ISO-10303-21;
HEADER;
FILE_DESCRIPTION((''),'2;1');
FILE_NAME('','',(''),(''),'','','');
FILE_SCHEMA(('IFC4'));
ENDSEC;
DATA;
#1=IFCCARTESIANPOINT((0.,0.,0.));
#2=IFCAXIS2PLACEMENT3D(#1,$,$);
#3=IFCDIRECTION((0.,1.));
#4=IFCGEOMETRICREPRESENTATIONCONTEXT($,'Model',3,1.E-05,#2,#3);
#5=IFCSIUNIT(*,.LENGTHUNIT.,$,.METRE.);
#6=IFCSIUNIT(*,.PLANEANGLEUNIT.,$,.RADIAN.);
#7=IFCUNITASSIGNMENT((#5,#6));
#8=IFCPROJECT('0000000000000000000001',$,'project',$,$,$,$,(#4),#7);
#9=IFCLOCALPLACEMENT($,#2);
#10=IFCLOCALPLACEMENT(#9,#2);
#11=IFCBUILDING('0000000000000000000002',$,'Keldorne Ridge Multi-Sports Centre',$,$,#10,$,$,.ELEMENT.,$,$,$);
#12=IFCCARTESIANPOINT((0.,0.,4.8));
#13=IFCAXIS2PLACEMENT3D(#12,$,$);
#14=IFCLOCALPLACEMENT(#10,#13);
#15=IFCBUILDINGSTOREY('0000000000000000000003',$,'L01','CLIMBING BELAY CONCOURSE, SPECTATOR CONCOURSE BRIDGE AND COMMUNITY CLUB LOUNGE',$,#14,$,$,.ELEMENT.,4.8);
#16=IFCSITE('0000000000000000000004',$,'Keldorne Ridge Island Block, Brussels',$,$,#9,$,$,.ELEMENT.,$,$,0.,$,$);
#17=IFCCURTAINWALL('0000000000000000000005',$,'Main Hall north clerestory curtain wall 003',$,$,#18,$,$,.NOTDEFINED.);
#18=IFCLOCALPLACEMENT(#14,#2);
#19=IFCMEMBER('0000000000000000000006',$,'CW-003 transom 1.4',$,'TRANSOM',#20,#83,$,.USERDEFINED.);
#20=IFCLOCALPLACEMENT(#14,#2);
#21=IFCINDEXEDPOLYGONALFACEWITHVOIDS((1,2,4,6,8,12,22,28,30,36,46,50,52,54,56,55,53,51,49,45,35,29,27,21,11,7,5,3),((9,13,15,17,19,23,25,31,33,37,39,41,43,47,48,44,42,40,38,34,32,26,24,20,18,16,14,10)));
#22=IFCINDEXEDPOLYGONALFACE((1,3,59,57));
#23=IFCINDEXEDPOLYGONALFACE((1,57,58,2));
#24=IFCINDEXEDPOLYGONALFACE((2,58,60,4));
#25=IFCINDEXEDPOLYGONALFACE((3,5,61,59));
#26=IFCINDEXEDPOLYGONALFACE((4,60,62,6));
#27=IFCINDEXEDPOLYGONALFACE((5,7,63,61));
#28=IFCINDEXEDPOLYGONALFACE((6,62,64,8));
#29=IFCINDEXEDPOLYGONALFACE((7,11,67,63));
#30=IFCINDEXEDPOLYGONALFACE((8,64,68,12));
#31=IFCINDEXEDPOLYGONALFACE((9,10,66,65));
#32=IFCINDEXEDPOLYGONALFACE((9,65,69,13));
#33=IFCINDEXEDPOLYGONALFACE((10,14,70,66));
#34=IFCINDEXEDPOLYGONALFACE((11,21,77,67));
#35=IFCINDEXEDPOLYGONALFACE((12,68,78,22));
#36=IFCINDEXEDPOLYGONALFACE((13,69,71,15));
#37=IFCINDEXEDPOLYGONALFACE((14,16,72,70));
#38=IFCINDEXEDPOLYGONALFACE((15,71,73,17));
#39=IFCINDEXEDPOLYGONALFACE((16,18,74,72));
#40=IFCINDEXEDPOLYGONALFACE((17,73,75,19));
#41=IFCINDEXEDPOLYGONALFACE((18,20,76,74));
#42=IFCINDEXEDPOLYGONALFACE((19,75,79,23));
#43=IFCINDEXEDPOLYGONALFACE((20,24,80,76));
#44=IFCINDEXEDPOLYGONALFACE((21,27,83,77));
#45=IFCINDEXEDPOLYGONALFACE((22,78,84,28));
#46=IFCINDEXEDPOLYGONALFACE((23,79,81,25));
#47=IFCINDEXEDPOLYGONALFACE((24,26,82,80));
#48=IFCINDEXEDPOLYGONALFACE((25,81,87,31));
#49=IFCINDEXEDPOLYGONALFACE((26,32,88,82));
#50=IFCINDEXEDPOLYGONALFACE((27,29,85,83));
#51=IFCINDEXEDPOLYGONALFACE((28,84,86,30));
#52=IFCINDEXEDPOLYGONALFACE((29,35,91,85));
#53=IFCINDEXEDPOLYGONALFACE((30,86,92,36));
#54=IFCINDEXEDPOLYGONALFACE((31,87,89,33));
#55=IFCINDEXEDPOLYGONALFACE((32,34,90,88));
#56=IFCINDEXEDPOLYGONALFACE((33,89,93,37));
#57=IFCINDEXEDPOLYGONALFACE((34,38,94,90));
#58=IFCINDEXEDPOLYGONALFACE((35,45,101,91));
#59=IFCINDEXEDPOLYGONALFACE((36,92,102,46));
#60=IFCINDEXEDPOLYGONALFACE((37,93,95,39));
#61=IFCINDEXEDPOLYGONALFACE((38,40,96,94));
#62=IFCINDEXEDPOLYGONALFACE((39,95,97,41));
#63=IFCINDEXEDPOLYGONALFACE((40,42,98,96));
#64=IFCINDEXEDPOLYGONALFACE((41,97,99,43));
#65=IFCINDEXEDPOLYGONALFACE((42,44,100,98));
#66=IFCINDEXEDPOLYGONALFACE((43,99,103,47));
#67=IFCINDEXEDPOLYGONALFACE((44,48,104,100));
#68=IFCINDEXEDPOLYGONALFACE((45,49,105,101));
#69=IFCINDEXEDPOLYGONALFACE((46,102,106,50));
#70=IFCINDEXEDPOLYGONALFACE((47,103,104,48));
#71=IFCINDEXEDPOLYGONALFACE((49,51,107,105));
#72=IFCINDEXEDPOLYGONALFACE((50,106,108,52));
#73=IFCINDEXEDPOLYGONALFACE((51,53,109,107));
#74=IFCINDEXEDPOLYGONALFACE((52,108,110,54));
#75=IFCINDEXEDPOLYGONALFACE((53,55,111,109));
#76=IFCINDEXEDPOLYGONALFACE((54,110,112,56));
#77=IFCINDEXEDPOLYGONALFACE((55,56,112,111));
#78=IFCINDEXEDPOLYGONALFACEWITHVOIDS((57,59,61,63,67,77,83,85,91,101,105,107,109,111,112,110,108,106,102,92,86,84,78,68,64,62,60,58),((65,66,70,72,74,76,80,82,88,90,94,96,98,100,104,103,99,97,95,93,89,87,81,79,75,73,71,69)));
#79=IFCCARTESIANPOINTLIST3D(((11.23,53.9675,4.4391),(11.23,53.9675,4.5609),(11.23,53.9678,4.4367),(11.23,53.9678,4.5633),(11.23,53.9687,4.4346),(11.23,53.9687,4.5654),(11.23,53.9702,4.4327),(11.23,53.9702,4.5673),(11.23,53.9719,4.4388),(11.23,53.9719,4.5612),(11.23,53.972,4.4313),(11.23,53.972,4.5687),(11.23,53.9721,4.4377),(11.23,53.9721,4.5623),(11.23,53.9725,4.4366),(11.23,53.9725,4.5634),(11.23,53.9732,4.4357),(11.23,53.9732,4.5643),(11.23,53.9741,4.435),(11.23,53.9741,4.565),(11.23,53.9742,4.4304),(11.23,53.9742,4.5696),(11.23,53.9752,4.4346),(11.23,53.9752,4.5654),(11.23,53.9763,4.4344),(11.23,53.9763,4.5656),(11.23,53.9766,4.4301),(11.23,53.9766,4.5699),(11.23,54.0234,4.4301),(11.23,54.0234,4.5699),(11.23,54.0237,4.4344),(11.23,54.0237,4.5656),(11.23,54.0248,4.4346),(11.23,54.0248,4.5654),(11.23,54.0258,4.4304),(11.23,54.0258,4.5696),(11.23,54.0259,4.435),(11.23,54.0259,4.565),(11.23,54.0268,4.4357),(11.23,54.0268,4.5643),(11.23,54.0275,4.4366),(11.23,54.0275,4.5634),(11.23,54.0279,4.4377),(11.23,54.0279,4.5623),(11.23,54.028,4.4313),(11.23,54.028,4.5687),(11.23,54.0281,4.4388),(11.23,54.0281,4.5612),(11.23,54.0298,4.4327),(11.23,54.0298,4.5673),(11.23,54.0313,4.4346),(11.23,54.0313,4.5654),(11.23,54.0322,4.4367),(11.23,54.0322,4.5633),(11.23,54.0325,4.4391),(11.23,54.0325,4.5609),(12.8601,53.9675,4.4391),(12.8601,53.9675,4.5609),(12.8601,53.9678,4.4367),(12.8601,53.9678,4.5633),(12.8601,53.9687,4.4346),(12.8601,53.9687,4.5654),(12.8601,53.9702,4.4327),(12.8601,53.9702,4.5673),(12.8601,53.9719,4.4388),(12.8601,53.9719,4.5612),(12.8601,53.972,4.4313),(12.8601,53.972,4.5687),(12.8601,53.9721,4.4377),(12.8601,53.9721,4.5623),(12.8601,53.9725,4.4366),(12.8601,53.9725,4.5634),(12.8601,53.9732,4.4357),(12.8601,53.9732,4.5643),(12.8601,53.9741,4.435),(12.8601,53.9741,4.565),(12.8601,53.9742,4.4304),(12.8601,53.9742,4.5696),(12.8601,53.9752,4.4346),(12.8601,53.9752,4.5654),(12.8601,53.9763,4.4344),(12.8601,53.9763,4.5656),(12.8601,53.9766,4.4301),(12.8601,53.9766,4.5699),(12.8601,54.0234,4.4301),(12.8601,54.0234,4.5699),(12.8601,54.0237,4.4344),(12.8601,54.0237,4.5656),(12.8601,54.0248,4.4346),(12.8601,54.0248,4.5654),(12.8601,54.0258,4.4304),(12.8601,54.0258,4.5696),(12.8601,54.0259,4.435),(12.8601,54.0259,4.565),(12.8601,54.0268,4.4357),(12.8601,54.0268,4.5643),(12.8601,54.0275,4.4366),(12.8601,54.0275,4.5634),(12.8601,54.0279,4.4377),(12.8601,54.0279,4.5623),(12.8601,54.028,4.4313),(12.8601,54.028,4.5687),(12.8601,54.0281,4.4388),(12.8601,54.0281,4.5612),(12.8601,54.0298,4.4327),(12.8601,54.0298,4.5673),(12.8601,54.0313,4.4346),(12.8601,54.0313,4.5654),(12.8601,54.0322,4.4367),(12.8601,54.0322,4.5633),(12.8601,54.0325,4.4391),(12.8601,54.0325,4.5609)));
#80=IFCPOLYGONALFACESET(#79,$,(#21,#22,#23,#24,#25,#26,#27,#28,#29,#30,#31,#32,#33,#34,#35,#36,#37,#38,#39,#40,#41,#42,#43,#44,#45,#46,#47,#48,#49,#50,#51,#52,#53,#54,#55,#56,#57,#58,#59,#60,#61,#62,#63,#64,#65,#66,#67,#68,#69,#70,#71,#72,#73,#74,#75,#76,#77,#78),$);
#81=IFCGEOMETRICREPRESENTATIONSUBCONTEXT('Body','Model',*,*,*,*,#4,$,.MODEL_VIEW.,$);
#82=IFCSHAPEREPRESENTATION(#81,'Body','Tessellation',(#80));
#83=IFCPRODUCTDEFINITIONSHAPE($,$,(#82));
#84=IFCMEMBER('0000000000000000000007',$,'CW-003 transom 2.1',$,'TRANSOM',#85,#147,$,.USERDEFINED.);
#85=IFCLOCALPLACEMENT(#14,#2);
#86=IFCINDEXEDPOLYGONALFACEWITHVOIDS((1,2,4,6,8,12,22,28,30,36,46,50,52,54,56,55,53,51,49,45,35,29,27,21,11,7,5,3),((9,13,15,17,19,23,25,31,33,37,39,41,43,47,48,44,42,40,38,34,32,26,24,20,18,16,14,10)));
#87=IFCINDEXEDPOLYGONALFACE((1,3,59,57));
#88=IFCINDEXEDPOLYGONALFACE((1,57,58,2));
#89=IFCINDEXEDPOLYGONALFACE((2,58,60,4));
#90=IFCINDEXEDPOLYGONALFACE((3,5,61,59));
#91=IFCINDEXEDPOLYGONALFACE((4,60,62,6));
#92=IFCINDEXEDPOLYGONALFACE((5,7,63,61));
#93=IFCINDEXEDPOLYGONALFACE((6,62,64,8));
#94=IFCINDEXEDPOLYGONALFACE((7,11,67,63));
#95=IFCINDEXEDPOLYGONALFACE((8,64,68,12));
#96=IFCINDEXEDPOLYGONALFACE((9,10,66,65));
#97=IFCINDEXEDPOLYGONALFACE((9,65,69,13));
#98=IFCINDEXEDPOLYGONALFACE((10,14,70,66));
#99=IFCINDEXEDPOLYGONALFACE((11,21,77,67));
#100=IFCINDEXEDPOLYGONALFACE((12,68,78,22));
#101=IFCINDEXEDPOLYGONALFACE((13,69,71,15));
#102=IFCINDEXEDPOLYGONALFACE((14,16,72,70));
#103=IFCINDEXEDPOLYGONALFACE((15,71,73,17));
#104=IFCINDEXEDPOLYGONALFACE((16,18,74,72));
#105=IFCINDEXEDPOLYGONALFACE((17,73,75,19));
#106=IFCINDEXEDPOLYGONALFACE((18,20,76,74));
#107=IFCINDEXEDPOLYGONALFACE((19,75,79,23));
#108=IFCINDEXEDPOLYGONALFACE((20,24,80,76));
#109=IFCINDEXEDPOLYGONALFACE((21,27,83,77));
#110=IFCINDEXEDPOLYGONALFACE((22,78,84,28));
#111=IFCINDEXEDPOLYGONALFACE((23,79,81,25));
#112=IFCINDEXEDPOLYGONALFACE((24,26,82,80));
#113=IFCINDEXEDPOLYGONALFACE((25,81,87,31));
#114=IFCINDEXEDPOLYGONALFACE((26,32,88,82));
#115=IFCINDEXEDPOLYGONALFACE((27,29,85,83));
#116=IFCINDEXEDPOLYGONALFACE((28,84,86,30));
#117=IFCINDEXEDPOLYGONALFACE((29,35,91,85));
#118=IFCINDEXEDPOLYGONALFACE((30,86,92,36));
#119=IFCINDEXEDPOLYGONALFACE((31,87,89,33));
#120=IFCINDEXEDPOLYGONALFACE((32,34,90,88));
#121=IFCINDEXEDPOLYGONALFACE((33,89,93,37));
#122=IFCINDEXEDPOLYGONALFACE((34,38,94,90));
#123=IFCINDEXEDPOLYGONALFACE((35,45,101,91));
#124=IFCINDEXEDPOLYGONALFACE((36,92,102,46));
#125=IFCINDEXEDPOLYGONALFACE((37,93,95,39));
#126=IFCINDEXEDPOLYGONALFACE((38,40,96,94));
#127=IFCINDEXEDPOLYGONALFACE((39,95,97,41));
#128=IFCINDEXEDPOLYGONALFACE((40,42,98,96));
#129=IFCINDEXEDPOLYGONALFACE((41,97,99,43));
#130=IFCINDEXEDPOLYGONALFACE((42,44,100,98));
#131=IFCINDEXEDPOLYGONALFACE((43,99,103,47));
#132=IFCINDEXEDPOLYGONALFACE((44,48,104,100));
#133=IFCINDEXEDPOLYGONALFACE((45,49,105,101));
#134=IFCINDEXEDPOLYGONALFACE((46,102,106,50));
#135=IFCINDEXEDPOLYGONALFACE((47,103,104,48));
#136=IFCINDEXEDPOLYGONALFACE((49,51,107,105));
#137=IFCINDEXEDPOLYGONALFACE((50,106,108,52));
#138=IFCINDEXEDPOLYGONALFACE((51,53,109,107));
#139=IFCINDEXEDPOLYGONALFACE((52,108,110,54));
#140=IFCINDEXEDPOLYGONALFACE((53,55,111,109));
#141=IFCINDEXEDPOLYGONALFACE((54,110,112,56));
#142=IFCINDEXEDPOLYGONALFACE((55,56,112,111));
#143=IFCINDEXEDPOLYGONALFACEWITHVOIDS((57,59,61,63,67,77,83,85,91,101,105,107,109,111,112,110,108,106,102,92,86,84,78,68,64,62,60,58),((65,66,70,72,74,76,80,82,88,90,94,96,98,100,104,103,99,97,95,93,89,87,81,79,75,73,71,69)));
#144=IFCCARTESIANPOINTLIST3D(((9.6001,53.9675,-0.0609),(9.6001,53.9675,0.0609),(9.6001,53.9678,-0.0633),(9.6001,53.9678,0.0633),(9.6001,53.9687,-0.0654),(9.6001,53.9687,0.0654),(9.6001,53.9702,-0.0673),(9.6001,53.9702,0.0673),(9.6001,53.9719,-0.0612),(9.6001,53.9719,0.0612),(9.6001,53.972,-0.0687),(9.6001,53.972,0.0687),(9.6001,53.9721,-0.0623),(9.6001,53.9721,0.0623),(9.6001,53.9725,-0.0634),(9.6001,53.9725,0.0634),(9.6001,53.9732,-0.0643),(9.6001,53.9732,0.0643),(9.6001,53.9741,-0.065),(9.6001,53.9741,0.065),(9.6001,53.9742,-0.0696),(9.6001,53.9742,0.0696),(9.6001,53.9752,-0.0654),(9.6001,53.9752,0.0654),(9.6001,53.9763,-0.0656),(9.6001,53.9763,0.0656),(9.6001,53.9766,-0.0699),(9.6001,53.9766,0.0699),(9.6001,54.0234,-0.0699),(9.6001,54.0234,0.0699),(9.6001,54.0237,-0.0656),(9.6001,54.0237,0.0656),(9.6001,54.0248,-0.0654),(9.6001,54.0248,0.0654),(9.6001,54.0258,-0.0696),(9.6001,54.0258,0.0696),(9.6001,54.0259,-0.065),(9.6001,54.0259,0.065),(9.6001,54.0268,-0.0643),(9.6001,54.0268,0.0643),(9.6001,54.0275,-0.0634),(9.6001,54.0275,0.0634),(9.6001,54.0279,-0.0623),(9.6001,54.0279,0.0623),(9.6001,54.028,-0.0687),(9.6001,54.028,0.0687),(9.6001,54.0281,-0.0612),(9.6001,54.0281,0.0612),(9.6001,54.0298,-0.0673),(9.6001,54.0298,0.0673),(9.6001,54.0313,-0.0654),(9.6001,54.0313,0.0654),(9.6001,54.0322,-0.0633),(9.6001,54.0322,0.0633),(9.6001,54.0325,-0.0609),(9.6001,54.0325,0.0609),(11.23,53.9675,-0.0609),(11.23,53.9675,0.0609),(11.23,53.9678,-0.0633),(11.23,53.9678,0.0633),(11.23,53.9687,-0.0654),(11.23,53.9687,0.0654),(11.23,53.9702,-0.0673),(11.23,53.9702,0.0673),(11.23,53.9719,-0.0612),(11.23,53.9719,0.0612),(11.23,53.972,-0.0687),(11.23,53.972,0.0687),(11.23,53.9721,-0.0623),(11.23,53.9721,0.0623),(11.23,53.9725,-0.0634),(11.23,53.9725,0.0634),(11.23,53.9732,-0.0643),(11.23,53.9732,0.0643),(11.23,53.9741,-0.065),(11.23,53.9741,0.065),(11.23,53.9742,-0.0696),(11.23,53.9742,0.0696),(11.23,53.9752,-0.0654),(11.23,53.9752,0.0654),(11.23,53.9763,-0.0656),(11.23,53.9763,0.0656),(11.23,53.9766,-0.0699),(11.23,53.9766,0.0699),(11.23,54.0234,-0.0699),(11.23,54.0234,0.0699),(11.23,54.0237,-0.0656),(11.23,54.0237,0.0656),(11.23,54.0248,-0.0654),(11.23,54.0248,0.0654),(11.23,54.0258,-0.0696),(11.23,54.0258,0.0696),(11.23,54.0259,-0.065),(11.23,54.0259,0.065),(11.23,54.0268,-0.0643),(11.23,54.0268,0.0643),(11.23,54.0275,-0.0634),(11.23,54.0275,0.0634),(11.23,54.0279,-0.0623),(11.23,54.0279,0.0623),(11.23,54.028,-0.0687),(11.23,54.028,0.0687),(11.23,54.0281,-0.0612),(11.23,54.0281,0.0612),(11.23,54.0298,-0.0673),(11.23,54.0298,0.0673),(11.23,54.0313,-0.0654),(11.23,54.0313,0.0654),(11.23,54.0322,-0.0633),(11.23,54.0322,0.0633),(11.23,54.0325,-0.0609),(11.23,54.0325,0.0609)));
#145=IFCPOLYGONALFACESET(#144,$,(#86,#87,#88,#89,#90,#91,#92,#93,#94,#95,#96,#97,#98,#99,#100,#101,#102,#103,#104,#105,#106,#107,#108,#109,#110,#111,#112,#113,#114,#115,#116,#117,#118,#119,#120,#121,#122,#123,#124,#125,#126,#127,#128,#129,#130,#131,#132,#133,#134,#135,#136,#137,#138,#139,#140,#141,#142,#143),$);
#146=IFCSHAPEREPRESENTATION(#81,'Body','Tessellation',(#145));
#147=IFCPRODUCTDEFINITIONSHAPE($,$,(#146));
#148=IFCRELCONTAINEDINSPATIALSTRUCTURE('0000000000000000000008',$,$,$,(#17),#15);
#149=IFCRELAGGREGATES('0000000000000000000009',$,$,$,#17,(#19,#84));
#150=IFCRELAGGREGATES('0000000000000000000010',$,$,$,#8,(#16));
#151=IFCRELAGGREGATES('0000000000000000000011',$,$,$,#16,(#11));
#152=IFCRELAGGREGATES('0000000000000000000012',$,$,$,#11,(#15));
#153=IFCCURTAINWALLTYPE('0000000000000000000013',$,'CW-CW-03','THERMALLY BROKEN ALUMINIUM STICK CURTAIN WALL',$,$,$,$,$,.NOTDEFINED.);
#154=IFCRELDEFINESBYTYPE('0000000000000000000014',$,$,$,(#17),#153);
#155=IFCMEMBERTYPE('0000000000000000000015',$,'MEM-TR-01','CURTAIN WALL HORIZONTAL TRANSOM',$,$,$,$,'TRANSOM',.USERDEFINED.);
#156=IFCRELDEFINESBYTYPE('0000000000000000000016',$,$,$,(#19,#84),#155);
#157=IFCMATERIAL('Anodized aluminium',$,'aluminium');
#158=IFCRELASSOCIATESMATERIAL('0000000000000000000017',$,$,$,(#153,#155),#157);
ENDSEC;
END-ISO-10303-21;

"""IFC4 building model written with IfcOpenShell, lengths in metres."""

from ifc_helpers import new_model, si_unit, direction, frame, origin, origin_2d, place, context, subcontext, project, spatial, hollow_rectangle, extrude, material, material_profile, profile_set, type_object, element, aggregate, save


model = new_model("IFC4")

# Units and contexts
model_context = context("Model", 3, precision=1e-05, world=origin(), true_north=direction((0.0, 1.0)))
body_context = subcontext(model_context, "Body", "Model", "MODEL_VIEW")
ifc_project = project(units=[si_unit("LENGTHUNIT", "METRE"), si_unit("PLANEANGLEUNIT", "RADIAN")], contexts=[model_context])

# Site, building, storey
site_placement = place(None, origin())
site = spatial("IfcSite", under=ifc_project, at=site_placement, Name="Keldorne Ridge Island Block, Brussels", CompositionType="ELEMENT", RefElevation=0.0)
building_placement = place(site_placement, origin())
building = spatial("IfcBuilding", under=site, at=building_placement, Name="Keldorne Ridge Multi-Sports Centre", CompositionType="ELEMENT")
storey_placement = place(building_placement, frame((0.0, 0.0, 4.8)))
storey = spatial("IfcBuildingStorey", under=building, at=storey_placement, Name="L01", Description="CLIMBING BELAY CONCOURSE, SPECTATOR CONCOURSE BRIDGE AND COMMUNITY CLUB LOUNGE", CompositionType="ELEMENT", Elevation=4.8)

# Curtain wall
ifc_material_1 = material(Name="Anodized aluminium", Category="aluminium")
curtain_wall_type_1 = type_object("IfcCurtainWallType", Name="CW-CW-03", Description="THERMALLY BROKEN ALUMINIUM STICK CURTAIN WALL", PredefinedType="NOTDEFINED", material=ifc_material_1)
curtain_wall_1_placement = place(storey_placement, origin())
curtain_wall_1 = element("IfcCurtainWall", 1, at=curtain_wall_1_placement, inside=storey, type_object=curtain_wall_type_1, Name="Main Hall north clerestory curtain wall 003", PredefinedType="NOTDEFINED")

# Members
ifc_material_profile_1 = material_profile(ifc_material_1, hollow_rectangle(XDim=0.0649, YDim=0.1399, WallThickness=0.0044, InnerFilletRadius=0.0044, OuterFilletRadius=0.009, at=origin_2d()), Name="ALU TRANSOM 140x65x4.5")
ifc_profile_set_1 = profile_set([ifc_material_profile_1], Name="Anodized aluminium")
member_type_1 = type_object("IfcMemberType", Name="MEM-TR-01", Description="CURTAIN WALL HORIZONTAL TRANSOM", ElementType="TRANSOM", PredefinedType="USERDEFINED", material=ifc_profile_set_1)
member_1_placement = place(storey_placement, frame((12.8601, 54.0, 4.5), z_axis=(-1.0, 0.0, 0.0), x_axis=(0.0, -1.0, 0.0)))
member_1 = element("IfcMember", 2, at=member_1_placement, type_object=member_type_1, Name="CW-003 transom 1.4", ObjectType="TRANSOM", PredefinedType="USERDEFINED", context=body_context, shape_type="SweptSolid", body=[
    extrude(hollow_rectangle(XDim=0.0649, YDim=0.1399, WallThickness=0.0044, InnerFilletRadius=0.0044, OuterFilletRadius=0.009, at=origin_2d()), origin(), (0.0, 0.0, 1.0), 1.6301),
])
member_2_placement = place(storey_placement, frame((11.23, 54.0, 0.0), z_axis=(-1.0, 0.0, 0.0), x_axis=(0.0, -1.0, 0.0)))
member_2 = element("IfcMember", 3, at=member_2_placement, type_object=member_type_1, Name="CW-003 transom 2.1", ObjectType="TRANSOM", PredefinedType="USERDEFINED", context=body_context, shape_type="SweptSolid", body=[
    extrude(hollow_rectangle(XDim=0.0649, YDim=0.1399, WallThickness=0.0044, InnerFilletRadius=0.0044, OuterFilletRadius=0.009, at=origin_2d()), origin(), (0.0, 0.0, 1.0), 1.6299),
])

aggregate(curtain_wall_1, [member_1, member_2])

save(model, "model.ifc")
